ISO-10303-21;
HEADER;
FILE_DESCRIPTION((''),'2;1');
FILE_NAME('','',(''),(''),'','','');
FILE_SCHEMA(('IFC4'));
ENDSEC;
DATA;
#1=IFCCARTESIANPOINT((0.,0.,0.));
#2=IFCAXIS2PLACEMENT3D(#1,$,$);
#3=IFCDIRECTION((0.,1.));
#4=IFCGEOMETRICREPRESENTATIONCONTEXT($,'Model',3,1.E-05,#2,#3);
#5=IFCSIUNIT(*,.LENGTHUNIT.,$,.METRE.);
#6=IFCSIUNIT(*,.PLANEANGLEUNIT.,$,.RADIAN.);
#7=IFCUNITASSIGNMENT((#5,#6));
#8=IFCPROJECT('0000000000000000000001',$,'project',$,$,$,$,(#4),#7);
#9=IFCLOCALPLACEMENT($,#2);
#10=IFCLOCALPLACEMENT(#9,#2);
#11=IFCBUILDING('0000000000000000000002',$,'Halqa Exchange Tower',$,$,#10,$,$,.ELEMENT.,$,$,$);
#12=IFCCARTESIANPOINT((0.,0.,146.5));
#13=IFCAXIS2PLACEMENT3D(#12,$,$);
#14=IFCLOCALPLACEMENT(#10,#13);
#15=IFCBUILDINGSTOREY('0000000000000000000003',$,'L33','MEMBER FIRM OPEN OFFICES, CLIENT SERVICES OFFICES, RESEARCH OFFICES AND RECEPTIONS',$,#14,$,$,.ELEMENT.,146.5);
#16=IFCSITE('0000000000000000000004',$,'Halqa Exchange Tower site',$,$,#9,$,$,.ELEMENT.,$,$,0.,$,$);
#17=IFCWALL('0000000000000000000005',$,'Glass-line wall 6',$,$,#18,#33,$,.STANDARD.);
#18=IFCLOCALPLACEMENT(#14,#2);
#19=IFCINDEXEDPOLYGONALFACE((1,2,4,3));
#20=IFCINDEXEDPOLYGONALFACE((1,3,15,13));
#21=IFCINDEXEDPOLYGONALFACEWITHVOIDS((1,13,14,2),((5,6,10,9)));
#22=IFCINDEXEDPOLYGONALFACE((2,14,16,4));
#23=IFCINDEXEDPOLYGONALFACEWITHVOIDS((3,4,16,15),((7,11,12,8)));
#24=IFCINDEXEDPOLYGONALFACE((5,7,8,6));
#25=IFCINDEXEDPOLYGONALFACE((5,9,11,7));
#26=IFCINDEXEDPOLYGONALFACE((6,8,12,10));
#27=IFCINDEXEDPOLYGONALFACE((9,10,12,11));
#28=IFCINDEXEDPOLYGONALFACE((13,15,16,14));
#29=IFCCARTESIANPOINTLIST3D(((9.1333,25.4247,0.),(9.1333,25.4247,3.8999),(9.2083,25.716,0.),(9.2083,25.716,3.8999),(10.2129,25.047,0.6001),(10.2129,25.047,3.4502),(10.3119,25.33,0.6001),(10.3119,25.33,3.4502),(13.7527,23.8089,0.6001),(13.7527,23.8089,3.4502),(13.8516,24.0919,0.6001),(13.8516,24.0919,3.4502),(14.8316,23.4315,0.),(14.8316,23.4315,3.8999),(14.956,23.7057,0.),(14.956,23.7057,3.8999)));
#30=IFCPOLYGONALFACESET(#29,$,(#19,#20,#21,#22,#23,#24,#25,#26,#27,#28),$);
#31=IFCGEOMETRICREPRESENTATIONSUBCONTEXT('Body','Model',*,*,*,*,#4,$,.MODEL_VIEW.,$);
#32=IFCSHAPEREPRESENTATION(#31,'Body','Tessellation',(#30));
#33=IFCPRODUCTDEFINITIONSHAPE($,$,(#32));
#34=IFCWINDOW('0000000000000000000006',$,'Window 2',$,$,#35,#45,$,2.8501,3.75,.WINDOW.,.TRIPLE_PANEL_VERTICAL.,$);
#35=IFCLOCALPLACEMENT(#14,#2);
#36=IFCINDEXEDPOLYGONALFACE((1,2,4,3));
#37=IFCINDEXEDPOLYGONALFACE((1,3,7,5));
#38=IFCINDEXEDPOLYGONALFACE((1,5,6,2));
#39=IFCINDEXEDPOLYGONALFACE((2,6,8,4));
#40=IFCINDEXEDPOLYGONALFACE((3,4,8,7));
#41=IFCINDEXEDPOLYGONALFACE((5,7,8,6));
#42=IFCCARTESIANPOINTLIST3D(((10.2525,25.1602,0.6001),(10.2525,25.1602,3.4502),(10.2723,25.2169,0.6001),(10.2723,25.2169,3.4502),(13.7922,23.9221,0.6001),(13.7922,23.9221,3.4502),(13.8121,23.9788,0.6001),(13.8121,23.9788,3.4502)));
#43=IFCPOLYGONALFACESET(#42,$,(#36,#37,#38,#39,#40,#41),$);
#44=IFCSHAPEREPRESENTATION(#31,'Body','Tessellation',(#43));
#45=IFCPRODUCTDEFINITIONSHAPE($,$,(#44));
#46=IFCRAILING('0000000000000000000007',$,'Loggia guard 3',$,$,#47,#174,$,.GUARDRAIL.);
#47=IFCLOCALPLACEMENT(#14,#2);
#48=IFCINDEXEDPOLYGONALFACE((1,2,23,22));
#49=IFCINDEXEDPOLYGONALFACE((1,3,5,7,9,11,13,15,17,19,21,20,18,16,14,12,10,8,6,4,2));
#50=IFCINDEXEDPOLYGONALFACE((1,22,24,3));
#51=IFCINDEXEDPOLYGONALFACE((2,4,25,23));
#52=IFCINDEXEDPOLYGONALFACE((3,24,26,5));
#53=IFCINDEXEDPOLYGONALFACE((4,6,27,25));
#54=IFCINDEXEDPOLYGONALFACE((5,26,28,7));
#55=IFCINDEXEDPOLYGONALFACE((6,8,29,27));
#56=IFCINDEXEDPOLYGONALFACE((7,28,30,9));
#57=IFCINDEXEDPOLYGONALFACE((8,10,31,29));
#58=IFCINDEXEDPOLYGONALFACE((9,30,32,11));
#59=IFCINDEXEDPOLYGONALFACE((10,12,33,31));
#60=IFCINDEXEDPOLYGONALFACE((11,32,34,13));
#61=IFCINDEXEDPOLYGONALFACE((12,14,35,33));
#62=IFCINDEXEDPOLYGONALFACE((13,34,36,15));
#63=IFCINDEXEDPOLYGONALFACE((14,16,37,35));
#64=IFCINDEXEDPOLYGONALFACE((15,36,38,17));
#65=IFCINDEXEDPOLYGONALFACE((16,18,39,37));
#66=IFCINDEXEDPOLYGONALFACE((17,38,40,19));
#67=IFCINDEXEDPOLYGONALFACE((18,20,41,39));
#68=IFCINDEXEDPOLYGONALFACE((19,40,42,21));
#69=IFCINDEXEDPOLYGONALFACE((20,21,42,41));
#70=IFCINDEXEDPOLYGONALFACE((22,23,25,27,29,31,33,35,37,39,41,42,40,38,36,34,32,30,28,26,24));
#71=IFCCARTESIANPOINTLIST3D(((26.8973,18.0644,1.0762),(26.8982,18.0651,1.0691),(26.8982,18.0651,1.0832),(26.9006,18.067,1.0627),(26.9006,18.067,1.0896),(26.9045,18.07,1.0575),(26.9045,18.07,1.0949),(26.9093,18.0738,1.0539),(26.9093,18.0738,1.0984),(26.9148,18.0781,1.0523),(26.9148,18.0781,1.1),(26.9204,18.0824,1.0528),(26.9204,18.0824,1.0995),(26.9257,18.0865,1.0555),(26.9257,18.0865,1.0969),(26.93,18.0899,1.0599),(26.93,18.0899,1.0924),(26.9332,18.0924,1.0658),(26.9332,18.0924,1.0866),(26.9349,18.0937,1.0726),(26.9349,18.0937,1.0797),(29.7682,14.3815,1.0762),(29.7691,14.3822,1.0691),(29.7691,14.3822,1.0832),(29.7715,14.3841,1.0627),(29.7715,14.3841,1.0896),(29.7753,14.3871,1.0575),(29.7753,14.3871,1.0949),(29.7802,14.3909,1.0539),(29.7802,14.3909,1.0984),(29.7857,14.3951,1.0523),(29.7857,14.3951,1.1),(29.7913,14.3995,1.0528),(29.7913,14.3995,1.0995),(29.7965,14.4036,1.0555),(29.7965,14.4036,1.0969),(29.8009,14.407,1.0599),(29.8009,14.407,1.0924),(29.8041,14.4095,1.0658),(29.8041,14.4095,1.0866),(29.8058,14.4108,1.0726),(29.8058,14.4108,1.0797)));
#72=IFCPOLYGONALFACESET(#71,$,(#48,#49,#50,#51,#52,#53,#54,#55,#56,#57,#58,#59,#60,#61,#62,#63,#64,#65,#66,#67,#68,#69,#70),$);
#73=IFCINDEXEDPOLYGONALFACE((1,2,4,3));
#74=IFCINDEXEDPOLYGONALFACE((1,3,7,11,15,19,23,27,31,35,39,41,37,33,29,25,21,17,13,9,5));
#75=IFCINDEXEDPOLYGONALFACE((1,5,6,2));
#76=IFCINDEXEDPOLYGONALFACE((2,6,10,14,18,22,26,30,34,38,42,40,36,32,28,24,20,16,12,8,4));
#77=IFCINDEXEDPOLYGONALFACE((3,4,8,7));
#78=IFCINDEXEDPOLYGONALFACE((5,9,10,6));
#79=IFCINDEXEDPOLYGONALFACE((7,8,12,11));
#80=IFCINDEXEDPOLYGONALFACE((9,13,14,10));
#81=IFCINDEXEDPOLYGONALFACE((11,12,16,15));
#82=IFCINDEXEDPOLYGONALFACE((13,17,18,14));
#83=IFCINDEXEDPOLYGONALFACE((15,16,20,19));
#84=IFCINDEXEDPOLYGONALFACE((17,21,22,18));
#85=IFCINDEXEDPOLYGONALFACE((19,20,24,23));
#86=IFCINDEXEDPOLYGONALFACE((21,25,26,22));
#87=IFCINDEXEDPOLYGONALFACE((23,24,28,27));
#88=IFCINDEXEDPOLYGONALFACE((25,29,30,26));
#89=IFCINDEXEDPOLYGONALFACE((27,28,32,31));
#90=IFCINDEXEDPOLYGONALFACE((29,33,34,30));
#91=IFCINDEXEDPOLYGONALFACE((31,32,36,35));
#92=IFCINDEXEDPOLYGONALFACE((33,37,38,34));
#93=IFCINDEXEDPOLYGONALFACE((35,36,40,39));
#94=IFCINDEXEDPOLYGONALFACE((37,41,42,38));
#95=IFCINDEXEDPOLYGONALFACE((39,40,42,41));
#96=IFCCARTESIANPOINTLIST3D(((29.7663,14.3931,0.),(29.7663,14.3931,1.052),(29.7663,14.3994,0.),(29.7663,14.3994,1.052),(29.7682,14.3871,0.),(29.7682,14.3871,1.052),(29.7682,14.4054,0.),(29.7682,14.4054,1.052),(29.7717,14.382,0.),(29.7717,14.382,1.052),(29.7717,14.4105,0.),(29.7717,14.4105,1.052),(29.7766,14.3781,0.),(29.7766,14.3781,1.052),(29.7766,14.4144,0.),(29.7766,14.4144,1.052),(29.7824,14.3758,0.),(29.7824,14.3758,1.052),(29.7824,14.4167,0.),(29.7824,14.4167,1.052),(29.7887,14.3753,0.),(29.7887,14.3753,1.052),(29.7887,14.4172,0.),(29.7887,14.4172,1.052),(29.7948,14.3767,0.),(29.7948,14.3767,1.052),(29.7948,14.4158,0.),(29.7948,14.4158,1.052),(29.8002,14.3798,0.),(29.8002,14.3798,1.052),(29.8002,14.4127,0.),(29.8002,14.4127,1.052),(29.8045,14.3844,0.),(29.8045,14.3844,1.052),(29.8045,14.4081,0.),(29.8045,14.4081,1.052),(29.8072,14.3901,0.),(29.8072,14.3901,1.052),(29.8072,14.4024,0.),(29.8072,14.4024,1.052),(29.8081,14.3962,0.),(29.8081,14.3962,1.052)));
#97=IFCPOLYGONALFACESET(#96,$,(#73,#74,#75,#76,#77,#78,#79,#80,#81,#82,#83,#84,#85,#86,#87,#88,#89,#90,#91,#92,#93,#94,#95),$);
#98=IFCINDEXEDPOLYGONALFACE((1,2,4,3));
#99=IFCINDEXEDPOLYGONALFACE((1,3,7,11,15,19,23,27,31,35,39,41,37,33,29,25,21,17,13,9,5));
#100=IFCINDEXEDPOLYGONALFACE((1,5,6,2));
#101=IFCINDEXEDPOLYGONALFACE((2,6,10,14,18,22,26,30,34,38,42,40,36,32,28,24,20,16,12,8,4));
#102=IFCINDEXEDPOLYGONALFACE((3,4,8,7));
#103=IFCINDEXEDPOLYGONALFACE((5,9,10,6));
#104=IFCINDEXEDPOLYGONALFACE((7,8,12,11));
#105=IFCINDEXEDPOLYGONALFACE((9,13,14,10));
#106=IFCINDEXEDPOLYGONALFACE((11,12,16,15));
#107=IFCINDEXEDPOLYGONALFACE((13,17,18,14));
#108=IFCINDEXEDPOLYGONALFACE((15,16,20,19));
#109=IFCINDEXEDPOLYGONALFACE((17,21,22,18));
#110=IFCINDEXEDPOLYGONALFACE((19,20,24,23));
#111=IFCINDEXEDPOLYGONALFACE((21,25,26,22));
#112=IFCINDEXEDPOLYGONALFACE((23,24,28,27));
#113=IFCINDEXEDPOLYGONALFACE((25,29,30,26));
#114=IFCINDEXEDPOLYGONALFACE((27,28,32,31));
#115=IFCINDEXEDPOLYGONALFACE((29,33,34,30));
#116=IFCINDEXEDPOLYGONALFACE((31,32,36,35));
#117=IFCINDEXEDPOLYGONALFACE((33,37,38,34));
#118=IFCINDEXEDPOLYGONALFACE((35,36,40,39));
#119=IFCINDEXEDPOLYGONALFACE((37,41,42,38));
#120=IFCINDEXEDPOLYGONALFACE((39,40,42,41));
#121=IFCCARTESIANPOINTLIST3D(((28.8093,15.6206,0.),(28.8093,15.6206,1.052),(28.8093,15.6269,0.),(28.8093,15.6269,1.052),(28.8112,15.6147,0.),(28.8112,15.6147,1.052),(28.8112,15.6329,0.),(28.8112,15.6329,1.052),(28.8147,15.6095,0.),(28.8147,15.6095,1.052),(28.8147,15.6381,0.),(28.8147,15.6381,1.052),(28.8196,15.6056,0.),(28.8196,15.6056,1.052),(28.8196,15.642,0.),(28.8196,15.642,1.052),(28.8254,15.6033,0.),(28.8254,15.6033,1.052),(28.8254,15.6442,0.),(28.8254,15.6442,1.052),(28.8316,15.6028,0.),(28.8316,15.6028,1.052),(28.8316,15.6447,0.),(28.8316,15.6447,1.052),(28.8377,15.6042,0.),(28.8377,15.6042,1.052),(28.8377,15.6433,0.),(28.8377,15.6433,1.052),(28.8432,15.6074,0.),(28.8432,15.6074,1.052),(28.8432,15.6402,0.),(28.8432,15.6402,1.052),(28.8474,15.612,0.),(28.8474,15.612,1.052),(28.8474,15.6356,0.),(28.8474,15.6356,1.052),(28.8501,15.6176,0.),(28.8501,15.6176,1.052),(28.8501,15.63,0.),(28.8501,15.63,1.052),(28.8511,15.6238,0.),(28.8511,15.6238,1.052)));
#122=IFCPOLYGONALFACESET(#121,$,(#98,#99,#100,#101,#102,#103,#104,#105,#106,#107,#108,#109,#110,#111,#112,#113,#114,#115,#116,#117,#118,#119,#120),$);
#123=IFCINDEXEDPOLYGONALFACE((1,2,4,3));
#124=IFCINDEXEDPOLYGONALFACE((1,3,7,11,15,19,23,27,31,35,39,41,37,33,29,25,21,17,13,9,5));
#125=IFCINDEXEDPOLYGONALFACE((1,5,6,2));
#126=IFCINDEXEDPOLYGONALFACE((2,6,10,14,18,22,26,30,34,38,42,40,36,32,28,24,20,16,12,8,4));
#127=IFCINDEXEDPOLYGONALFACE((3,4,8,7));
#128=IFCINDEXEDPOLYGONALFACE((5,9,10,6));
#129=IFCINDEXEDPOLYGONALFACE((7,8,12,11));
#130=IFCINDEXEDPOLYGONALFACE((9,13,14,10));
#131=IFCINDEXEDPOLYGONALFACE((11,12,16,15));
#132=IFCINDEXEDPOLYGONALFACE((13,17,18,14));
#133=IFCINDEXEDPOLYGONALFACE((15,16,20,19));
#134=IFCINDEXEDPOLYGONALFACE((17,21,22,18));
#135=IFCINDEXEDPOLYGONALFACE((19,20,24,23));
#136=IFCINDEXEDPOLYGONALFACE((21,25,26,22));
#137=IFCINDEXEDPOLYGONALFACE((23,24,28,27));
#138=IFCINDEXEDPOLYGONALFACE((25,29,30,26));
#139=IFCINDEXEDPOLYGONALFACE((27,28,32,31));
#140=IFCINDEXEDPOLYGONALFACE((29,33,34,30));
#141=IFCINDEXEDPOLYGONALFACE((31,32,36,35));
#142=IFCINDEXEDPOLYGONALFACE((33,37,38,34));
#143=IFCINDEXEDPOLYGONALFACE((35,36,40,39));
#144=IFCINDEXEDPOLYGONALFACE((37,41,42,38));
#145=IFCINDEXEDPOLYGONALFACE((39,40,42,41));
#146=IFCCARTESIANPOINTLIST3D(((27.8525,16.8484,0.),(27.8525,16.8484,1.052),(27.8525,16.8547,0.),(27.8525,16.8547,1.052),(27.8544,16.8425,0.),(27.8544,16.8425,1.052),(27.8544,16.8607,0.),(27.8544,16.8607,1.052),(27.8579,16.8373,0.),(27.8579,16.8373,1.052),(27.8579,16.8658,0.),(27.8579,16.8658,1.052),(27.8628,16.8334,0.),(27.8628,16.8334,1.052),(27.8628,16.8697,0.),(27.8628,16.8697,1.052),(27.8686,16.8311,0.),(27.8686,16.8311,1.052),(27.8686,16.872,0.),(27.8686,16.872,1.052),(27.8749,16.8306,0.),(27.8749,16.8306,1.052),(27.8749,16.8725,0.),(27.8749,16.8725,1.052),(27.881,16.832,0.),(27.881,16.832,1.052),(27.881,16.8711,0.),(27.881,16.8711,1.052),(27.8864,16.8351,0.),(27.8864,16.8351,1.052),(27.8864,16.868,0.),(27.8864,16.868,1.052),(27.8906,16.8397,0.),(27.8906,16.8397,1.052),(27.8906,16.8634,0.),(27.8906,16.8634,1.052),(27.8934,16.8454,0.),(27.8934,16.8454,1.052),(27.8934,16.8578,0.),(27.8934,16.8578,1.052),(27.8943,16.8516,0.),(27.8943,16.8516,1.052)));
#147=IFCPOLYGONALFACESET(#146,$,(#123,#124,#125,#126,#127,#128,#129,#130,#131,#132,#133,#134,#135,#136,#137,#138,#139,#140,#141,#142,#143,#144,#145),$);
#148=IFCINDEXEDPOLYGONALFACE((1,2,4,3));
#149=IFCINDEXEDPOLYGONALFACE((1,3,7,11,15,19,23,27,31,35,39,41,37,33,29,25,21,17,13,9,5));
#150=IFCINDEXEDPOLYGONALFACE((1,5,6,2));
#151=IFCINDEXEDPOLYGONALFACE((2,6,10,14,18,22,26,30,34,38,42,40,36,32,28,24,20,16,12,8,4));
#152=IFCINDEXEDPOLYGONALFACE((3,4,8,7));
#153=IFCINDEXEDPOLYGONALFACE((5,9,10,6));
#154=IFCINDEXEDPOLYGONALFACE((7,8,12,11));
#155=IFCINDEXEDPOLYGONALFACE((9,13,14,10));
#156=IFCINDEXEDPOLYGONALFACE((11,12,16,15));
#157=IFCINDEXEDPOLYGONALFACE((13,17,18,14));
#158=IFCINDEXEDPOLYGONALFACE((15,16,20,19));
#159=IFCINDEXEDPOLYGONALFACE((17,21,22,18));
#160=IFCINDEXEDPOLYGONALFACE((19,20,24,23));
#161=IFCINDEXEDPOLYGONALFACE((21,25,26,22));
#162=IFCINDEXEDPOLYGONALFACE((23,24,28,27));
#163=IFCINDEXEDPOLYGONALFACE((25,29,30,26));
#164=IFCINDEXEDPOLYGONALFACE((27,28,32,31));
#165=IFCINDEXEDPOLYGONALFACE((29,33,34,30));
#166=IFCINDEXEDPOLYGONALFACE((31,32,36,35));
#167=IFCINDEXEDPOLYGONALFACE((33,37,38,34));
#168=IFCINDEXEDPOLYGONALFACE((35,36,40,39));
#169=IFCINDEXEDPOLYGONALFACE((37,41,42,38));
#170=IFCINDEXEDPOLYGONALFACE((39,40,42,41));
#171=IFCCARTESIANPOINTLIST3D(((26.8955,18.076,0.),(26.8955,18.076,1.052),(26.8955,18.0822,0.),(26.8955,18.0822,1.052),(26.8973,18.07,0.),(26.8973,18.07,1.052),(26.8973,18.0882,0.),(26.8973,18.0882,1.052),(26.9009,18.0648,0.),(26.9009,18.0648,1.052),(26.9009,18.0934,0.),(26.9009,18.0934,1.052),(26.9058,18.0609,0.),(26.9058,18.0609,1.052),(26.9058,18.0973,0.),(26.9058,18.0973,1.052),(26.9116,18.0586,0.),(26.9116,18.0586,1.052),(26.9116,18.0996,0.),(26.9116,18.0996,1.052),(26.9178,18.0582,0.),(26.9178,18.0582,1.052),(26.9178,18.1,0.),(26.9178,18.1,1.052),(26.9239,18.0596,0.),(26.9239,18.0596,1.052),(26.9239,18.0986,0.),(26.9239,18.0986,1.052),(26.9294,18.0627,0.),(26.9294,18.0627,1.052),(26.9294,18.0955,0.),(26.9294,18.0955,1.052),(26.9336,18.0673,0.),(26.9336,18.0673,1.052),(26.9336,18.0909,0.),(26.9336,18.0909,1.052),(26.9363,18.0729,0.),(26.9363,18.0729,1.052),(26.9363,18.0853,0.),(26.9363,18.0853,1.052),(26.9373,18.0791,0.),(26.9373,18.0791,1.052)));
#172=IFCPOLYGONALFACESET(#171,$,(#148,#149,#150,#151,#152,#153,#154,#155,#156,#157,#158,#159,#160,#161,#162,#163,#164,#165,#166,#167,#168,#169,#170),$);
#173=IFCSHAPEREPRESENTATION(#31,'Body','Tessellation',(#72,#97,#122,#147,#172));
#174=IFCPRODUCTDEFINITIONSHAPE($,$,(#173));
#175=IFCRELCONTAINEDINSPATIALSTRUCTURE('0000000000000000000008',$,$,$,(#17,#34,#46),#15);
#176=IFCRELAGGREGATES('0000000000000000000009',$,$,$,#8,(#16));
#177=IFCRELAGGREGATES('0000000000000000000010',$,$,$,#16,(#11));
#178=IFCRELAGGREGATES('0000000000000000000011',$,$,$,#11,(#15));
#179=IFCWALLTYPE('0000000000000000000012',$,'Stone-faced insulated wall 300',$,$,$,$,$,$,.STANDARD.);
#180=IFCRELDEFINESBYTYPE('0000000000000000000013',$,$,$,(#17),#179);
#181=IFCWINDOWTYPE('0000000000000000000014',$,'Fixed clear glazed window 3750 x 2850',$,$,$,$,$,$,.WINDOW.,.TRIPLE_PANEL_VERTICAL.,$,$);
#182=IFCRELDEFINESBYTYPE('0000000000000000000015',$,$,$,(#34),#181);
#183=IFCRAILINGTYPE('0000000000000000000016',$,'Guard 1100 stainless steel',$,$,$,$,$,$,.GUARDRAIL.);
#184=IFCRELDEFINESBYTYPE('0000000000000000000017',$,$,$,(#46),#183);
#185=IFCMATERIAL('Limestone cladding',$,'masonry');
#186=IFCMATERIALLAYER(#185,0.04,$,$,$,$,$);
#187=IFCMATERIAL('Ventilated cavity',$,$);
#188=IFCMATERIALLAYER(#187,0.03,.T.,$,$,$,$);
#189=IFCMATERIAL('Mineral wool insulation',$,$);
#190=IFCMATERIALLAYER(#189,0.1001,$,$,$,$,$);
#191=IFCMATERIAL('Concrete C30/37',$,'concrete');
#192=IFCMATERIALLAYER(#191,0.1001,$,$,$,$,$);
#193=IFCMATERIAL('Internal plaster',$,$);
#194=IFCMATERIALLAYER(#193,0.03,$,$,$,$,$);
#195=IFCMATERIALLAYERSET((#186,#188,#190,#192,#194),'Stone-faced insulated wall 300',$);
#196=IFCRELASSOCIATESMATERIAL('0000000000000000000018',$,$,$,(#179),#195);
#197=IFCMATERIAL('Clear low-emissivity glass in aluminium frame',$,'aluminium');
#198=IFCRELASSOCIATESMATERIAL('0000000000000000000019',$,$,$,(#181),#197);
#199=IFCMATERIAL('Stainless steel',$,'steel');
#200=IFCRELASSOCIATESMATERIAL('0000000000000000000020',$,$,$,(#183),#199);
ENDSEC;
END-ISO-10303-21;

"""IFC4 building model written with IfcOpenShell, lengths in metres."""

from ifc_helpers import new_model, si_unit, direction, frame, frame_2d, origin, origin_2d, place, context, subcontext, project, spatial, polyline, rectangle, circle, outline, extrude, material, layer, layer_set, type_object, element, fill, save


model = new_model("IFC4")

# Units and contexts
model_context = context("Model", 3, precision=1e-05, world=origin(), true_north=direction((0.0, 1.0)))
body_context = subcontext(model_context, "Body", "Model", "MODEL_VIEW")
ifc_project = project(units=[si_unit("LENGTHUNIT", "METRE"), si_unit("PLANEANGLEUNIT", "RADIAN")], contexts=[model_context])

# Site, building, storey
site_placement = place(None, origin())
site = spatial("IfcSite", under=ifc_project, at=site_placement, Name="Halqa Exchange Tower site", CompositionType="ELEMENT", RefElevation=0.0)
building_placement = place(site_placement, origin())
building = spatial("IfcBuilding", under=site, at=building_placement, Name="Halqa Exchange Tower", CompositionType="ELEMENT")
storey_placement = place(building_placement, frame((0.0, 0.0, 146.5)))
storey = spatial("IfcBuildingStorey", under=building, at=storey_placement, Name="L33", Description="MEMBER FIRM OPEN OFFICES, CLIENT SERVICES OFFICES, RESEARCH OFFICES AND RECEPTIONS", CompositionType="ELEMENT", Elevation=146.5)

# Shared definitions
ifc_material_1 = material(Name="Limestone cladding", Category="masonry")
ifc_layer_1 = layer(ifc_material_1, 0.04)
ifc_material_2 = material(Name="Ventilated cavity")
ifc_layer_2 = layer(ifc_material_2, 0.03, ventilated=True)
ifc_material_3 = material(Name="Mineral wool insulation")
ifc_layer_3 = layer(ifc_material_3, 0.1001)
ifc_material_4 = material(Name="Concrete C30/37", Category="concrete")
ifc_layer_4 = layer(ifc_material_4, 0.1001)
ifc_material_5 = material(Name="Internal plaster")
ifc_layer_5 = layer(ifc_material_5, 0.03)
ifc_layer_set_1 = layer_set([ifc_layer_1, ifc_layer_2, ifc_layer_3, ifc_layer_4, ifc_layer_5], Name="Stone-faced insulated wall 300")
wall_type_1 = type_object("IfcWallType", Name="Stone-faced insulated wall 300", PredefinedType="STANDARD", material=ifc_layer_set_1)
ifc_material_6 = material(Name="Clear low-emissivity glass in aluminium frame", Category="aluminium")

# Wall, opening, window
window_type = type_object("IfcWindowType", Name="Fixed clear glazed window 3750 x 2850", PartitioningType="TRIPLE_PANEL_VERTICAL", PredefinedType="WINDOW", material=ifc_material_6)
wall_1_placement = place(storey_placement, frame((14.8938, 23.5686, 0.0), z_axis=(0.0, 0.0, 1.0), x_axis=(-0.943926, 0.330158, 0.0)))
wall_1 = element("IfcWall", 1, at=wall_1_placement, inside=storey, type_object=wall_type_1, Name="Glass-line wall 6", PredefinedType="STANDARD", context=body_context, shape_type="SweptSolid", body=[
    extrude(outline(polyline([(-0.0134, -0.1499), (6.0757, -0.1499), (6.0503, 0.1499), (0.0134, 0.1499), (-0.0134, -0.1499)])), origin(), (0.0, 0.0, 1.0), 3.8999),
])
opening_1_placement = place(wall_1_placement, frame((1.1565, 0.0, 0.6001)))
opening_1 = element("IfcOpeningElement", 2, at=opening_1_placement, cuts=wall_1, PredefinedType="OPENING", context=body_context, shape_type="SweptSolid", body=[
    extrude(rectangle(XDim=3.75, YDim=2.8501, at=frame_2d((1.875, 1.425))), frame((0.0, 0.1621, 0.0), z_axis=(0.0, -1.0, 0.0), x_axis=(1.0, 0.0, 0.0)), (0.0, 0.0, 1.0), 0.324),
])
window_1_placement = place(opening_1_placement, origin())
window_1 = element("IfcWindow", 3, at=window_1_placement, inside=storey, type_object=window_type, Name="Window 2", OverallHeight=2.8501, OverallWidth=3.75, PartitioningType="TRIPLE_PANEL_VERTICAL", PredefinedType="WINDOW", context=body_context, shape_type="SweptSolid", body=[
    extrude(rectangle(XDim=3.75, YDim=2.8501, at=frame_2d((1.875, 1.425))), frame((0.0, 0.03, 0.0), z_axis=(0.0, -1.0, 0.0), x_axis=(1.0, 0.0, 0.0)), (0.0, 0.0, 1.0), 0.0601),
])
fill(opening_1, window_1)

# Railing
ifc_material_7 = material(Name="Stainless steel", Category="steel")
railing_type = type_object("IfcRailingType", Name="Guard 1100 stainless steel", PredefinedType="GUARDRAIL", material=ifc_material_7)
railing_1_placement = place(storey_placement, frame((29.7871, 14.3962, 0.0)))
element("IfcRailing", 4, at=railing_1_placement, inside=storey, type_object=railing_type, Name="Loggia guard 3", PredefinedType="GUARDRAIL", context=body_context, shape_type="SweptSolid", body=[
    extrude(circle(Radius=0.0239, at=origin_2d()), frame((0.0, 0.0, 1.0762), z_axis=(-0.614794, 0.788687, 0.0), x_axis=(-0.788687, -0.614794, 0.0)), (0.0, 0.0, 1.0), 4.6697),
    extrude(circle(Radius=0.021, at=origin_2d()), origin(), (0.0, 0.0, 1.0), 1.052),
    extrude(circle(Radius=0.021, at=origin_2d()), frame((-0.957, 1.2275, 0.0)), (0.0, 0.0, 1.0), 1.052),
    extrude(circle(Radius=0.021, at=origin_2d()), frame((-1.9138, 2.4553, 0.0)), (0.0, 0.0, 1.0), 1.052),
    extrude(circle(Radius=0.021, at=origin_2d()), frame((-2.8708, 3.6829, 0.0)), (0.0, 0.0, 1.0), 1.052),
])

save(model, "model.ifc")
